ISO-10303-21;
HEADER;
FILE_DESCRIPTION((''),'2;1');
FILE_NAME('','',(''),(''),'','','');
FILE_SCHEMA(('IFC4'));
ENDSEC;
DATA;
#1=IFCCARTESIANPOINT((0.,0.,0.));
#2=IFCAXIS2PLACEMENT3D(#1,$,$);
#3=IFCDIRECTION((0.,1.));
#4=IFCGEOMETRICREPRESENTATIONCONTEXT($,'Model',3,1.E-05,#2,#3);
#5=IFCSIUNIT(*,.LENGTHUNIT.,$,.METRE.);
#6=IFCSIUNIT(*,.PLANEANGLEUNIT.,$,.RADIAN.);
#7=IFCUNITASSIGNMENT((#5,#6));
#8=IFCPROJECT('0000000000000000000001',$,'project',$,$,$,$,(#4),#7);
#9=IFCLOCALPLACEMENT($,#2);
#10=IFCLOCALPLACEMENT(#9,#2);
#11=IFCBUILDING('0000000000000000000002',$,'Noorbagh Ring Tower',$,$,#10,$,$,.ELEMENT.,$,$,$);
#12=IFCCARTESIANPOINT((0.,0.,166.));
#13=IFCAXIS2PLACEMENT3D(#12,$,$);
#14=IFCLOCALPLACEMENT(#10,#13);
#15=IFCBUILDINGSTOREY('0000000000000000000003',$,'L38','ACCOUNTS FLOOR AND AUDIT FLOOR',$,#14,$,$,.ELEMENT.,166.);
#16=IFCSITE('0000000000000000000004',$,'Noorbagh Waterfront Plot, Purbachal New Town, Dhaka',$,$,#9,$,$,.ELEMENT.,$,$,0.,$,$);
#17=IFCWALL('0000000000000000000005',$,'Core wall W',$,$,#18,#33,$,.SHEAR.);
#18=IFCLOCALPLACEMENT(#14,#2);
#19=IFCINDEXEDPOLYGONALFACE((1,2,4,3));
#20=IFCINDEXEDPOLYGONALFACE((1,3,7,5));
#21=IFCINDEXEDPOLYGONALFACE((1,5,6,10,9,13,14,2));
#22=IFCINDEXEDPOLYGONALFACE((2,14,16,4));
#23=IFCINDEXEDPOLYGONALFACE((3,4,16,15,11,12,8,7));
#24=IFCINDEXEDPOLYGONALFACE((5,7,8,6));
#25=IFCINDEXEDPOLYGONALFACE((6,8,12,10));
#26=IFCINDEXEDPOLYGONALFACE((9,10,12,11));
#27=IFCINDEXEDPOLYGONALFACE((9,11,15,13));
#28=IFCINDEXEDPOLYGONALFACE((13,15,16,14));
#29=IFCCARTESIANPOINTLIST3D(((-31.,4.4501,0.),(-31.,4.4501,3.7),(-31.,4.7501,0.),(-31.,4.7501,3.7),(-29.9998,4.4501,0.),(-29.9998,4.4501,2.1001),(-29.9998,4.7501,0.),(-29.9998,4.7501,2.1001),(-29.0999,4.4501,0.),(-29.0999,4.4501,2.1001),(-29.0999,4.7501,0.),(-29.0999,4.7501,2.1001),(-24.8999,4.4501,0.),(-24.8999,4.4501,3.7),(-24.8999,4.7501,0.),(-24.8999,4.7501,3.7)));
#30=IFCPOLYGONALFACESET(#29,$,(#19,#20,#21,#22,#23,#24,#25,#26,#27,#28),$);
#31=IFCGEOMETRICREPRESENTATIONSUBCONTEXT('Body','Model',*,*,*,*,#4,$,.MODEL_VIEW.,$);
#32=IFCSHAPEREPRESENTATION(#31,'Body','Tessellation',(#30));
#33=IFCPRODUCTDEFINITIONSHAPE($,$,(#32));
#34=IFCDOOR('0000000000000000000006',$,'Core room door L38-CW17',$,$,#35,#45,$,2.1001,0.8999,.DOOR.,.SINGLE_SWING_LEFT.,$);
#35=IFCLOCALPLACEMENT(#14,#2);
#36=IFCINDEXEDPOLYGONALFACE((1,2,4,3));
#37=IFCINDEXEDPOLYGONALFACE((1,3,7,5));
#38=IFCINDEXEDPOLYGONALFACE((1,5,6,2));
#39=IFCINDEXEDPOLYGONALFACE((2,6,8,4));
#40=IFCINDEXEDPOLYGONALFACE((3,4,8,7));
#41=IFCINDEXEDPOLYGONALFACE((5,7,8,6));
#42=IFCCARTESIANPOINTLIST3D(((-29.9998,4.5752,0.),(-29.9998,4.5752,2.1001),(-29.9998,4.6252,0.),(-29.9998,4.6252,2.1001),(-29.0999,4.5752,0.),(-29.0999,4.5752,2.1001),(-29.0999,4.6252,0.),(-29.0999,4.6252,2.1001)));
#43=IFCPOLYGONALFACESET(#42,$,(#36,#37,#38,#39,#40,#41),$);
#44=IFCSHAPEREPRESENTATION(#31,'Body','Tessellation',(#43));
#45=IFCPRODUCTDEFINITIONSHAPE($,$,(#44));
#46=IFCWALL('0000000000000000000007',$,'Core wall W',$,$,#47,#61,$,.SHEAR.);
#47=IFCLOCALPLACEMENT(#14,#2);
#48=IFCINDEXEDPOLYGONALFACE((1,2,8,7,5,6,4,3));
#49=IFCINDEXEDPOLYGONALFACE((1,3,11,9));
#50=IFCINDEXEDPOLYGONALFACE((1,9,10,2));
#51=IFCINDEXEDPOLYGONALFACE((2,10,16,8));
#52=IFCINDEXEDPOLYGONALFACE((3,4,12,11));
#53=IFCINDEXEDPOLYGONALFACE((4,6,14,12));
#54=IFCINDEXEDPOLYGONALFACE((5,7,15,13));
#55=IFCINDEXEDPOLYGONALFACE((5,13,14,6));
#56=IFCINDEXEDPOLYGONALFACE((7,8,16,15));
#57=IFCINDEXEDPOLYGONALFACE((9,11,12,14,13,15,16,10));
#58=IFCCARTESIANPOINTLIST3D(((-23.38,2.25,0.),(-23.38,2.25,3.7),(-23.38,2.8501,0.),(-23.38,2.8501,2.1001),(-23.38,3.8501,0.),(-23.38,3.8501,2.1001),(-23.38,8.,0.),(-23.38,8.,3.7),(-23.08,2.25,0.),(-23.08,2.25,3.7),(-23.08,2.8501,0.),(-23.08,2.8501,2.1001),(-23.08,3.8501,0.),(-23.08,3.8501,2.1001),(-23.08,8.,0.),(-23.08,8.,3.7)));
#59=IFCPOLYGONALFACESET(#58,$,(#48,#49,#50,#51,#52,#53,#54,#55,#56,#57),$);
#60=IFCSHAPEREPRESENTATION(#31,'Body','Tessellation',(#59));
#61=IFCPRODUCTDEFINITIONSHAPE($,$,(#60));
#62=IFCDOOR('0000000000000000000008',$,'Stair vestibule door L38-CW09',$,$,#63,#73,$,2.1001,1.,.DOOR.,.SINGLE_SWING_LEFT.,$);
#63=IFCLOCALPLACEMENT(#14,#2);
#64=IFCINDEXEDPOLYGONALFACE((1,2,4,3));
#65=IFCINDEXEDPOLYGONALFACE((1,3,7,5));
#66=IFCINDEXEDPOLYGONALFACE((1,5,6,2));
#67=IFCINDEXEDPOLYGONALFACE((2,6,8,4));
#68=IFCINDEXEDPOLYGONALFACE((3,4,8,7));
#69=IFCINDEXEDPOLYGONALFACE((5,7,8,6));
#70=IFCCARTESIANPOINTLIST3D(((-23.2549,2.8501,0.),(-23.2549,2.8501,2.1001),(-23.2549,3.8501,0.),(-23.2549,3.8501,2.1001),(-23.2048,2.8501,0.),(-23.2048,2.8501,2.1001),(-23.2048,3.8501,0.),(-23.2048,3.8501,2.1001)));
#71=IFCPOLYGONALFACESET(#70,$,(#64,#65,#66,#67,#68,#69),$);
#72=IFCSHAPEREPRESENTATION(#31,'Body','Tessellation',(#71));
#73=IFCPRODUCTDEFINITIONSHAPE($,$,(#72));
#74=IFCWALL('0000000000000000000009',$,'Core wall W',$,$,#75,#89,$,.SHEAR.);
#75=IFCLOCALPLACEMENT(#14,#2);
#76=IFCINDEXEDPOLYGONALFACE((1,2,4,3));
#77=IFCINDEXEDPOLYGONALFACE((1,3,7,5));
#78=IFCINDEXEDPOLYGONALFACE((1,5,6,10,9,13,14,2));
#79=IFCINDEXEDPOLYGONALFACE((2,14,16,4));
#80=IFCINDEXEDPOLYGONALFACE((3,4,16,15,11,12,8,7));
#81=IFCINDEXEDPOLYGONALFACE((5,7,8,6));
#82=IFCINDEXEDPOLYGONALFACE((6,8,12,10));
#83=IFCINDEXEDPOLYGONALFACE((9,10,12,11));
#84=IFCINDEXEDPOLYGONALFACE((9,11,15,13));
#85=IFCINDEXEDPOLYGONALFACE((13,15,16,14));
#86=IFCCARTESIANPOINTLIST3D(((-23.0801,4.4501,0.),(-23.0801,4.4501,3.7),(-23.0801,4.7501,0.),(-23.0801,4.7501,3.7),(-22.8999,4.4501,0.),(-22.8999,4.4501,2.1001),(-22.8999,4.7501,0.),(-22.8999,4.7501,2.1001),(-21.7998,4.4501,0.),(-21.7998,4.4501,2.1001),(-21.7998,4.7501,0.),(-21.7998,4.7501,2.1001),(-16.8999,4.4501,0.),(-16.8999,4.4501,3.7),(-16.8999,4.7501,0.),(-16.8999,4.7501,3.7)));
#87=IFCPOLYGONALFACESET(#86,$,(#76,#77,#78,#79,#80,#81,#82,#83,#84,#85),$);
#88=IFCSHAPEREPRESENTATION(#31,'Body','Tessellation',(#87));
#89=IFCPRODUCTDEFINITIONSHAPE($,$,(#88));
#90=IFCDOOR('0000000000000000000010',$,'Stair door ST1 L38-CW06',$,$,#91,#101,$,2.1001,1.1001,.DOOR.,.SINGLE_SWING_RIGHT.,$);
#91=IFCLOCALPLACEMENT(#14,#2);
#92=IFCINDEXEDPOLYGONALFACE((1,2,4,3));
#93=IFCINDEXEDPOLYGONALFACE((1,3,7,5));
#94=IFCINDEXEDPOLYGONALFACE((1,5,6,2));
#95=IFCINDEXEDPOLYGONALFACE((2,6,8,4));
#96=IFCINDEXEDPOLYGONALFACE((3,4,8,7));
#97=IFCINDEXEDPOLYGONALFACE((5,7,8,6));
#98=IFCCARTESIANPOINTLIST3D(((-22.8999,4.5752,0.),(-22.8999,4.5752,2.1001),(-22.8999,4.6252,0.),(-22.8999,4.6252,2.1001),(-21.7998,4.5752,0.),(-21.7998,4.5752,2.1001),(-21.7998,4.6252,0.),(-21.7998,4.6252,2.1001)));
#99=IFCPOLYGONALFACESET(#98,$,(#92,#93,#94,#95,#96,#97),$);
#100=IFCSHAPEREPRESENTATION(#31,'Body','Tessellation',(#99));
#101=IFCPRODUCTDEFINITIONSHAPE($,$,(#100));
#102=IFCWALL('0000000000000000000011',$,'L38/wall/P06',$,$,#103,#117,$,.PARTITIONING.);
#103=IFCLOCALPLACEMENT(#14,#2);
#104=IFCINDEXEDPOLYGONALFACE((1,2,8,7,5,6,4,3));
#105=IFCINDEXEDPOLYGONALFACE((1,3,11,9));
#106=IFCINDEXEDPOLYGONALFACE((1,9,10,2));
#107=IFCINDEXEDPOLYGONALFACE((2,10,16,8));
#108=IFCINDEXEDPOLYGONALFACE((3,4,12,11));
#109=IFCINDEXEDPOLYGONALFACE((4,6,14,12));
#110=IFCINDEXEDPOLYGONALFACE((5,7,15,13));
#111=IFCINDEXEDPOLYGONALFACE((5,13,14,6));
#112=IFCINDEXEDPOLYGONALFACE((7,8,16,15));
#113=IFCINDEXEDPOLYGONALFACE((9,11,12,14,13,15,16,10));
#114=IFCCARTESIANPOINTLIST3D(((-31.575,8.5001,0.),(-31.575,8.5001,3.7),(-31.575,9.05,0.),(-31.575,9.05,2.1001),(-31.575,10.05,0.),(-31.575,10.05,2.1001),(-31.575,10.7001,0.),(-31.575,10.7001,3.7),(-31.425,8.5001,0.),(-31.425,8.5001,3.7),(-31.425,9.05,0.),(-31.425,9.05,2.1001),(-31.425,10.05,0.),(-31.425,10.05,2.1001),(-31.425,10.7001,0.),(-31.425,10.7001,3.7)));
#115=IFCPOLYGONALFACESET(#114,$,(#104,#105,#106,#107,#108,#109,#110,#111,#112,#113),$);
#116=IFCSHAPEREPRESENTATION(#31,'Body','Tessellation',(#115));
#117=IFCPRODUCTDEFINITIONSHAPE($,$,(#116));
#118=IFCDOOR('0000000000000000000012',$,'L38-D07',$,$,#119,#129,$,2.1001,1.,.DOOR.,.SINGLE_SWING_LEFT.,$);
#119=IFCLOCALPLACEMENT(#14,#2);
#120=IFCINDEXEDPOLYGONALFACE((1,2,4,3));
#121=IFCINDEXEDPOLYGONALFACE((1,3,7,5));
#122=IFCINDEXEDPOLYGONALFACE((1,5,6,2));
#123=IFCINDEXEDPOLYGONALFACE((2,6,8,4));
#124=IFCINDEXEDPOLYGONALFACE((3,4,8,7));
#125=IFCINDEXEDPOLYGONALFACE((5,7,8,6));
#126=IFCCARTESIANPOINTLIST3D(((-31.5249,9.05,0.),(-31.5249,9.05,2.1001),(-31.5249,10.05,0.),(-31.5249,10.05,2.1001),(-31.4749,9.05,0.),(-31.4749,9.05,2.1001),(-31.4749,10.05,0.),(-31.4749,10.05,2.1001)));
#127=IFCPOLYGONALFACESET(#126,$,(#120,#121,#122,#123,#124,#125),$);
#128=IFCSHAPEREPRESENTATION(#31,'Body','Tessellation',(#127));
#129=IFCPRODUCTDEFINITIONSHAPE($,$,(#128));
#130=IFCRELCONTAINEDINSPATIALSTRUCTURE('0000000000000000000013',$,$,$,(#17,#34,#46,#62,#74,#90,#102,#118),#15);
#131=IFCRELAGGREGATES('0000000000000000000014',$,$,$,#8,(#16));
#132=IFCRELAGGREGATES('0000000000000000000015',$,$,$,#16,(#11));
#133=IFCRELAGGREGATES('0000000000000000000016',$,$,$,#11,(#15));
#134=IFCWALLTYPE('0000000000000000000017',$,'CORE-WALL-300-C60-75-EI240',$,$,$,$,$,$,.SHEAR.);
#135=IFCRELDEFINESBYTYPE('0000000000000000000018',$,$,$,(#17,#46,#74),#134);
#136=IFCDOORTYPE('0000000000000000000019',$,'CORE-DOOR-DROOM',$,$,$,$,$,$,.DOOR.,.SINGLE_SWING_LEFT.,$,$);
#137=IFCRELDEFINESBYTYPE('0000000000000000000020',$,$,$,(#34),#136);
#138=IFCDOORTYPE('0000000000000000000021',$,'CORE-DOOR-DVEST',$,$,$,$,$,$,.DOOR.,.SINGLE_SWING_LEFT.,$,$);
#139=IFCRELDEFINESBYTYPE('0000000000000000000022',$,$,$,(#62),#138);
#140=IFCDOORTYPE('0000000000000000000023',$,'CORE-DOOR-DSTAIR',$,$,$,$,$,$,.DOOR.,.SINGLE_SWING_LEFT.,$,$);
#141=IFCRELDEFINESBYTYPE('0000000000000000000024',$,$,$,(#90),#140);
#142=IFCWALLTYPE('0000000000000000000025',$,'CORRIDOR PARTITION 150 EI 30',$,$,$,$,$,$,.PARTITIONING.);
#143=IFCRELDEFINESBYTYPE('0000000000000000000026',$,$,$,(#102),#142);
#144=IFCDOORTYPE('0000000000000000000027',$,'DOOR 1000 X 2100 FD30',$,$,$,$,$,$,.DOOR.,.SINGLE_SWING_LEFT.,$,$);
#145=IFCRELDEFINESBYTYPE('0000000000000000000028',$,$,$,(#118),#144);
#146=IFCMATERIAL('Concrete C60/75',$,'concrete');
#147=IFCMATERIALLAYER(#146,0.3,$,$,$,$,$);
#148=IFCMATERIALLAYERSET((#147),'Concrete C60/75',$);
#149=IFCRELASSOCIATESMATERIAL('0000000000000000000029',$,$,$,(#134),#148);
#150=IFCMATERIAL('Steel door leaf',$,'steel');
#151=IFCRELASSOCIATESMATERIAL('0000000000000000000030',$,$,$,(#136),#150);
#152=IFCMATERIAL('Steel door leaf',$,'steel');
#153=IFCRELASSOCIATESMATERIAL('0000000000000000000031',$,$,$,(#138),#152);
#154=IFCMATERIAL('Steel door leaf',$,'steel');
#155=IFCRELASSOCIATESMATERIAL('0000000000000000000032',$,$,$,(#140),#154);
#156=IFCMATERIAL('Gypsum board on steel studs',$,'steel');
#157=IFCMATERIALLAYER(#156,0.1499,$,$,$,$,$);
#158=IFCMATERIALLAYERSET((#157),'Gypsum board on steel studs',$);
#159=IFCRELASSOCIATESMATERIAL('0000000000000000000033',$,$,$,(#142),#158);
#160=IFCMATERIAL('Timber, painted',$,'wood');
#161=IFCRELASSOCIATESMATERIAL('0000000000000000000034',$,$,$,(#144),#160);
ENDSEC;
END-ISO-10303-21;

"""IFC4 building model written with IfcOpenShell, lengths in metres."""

from ifc_helpers import new_model, si_unit, direction, frame, frame_2d, origin, place, context, subcontext, project, spatial, rectangle, extrude, material, layer, layer_set, type_object, element, fill, save


model = new_model("IFC4")

# Units and contexts
model_context = context("Model", 3, precision=1e-05, world=origin(), true_north=direction((0.0, 1.0)))
body_context = subcontext(model_context, "Body", "Model", "MODEL_VIEW")
ifc_project = project(units=[si_unit("LENGTHUNIT", "METRE"), si_unit("PLANEANGLEUNIT", "RADIAN")], contexts=[model_context])

# Site, building, storey
site_placement = place(None, origin())
site = spatial("IfcSite", under=ifc_project, at=site_placement, Name="Noorbagh Waterfront Plot, Purbachal New Town, Dhaka", CompositionType="ELEMENT", RefElevation=0.0)
building_placement = place(site_placement, origin())
building = spatial("IfcBuilding", under=site, at=building_placement, Name="Noorbagh Ring Tower", CompositionType="ELEMENT")
storey_placement = place(building_placement, frame((0.0, 0.0, 166.0)))
storey = spatial("IfcBuildingStorey", under=building, at=storey_placement, Name="L38", Description="ACCOUNTS FLOOR AND AUDIT FLOOR", CompositionType="ELEMENT", Elevation=166.0)

# Walls, openings, doors
ifc_material_1 = material(Name="Concrete C60/75", Category="concrete")
ifc_layer_1 = layer(ifc_material_1, 0.3)
ifc_layer_set_1 = layer_set([ifc_layer_1], Name="Concrete C60/75")
wall_type_1 = type_object("IfcWallType", Name="CORE-WALL-300-C60-75-EI240", PredefinedType="SHEAR", material=ifc_layer_set_1)
wall_1_placement = place(storey_placement, frame((-24.8999, 4.6001, 0.0), z_axis=(0.0, 0.0, 1.0), x_axis=(-1.0, 0.0, 0.0)))
wall_1 = element("IfcWall", 1, at=wall_1_placement, inside=storey, type_object=wall_type_1, Name="Core wall W", PredefinedType="SHEAR", context=body_context, shape_type="SweptSolid", body=[
    extrude(rectangle(XDim=6.1001, YDim=0.3, at=frame_2d((3.05, 0.0))), origin(), (0.0, 0.0, 1.0), 3.7),
])
opening_1_placement = place(wall_1_placement, frame((4.2, 0.0, 0.0)))
opening_1 = element("IfcOpeningElement", 2, at=opening_1_placement, cuts=wall_1, PredefinedType="OPENING", context=body_context, shape_type="SweptSolid", body=[
    extrude(rectangle(XDim=0.8999, YDim=2.1001, at=frame_2d((0.45, 1.05))), frame((0.0, 0.1602, 0.0), z_axis=(0.0, -1.0, 0.0), x_axis=(1.0, 0.0, 0.0)), (0.0, 0.0, 1.0), 0.3201),
])
ifc_material_2 = material(Name="Steel door leaf", Category="steel")
door_type_1 = type_object("IfcDoorType", Name="CORE-DOOR-DROOM", OperationType="SINGLE_SWING_LEFT", PredefinedType="DOOR", material=ifc_material_2)
door_1_placement = place(opening_1_placement, origin())
door_1 = element("IfcDoor", 3, at=door_1_placement, inside=storey, type_object=door_type_1, Name="Core room door L38-CW17", OperationType="SINGLE_SWING_LEFT", OverallHeight=2.1001, OverallWidth=0.8999, PredefinedType="DOOR", context=body_context, shape_type="SweptSolid", body=[
    extrude(rectangle(XDim=0.8999, YDim=2.1001, at=frame_2d((0.45, 1.05))), frame((0.0, 0.0249, 0.0), z_axis=(0.0, -1.0, 0.0), x_axis=(1.0, 0.0, 0.0)), (0.0, 0.0, 1.0), 0.05),
])
fill(opening_1, door_1)
wall_2_placement = place(storey_placement, frame((-23.23, 2.25, 0.0), z_axis=(0.0, 0.0, 1.0), x_axis=(0.0, 1.0, 0.0)))
wall_2 = element("IfcWall", 4, at=wall_2_placement, inside=storey, type_object=wall_type_1, Name="Core wall W", PredefinedType="SHEAR", context=body_context, shape_type="SweptSolid", body=[
    extrude(rectangle(XDim=5.75, YDim=0.3, at=frame_2d((2.875, 0.0))), origin(), (0.0, 0.0, 1.0), 3.7),
])
opening_2_placement = place(wall_2_placement, frame((0.6001, 0.0, 0.0)))
opening_2 = element("IfcOpeningElement", 5, at=opening_2_placement, cuts=wall_2, PredefinedType="OPENING", context=body_context, shape_type="SweptSolid", body=[
    extrude(rectangle(XDim=1.0, YDim=2.1001, at=frame_2d((0.5, 1.05))), frame((0.0, 0.1602, 0.0), z_axis=(0.0, -1.0, 0.0), x_axis=(1.0, 0.0, 0.0)), (0.0, 0.0, 1.0), 0.3201),
])
ifc_material_3 = material(Name="Steel door leaf", Category="steel")
door_type_2 = type_object("IfcDoorType", Name="CORE-DOOR-DVEST", OperationType="SINGLE_SWING_LEFT", PredefinedType="DOOR", material=ifc_material_3)
door_2_placement = place(opening_2_placement, origin())
door_2 = element("IfcDoor", 6, at=door_2_placement, inside=storey, type_object=door_type_2, Name="Stair vestibule door L38-CW09", OperationType="SINGLE_SWING_LEFT", OverallHeight=2.1001, OverallWidth=1.0, PredefinedType="DOOR", context=body_context, shape_type="SweptSolid", body=[
    extrude(rectangle(XDim=1.0, YDim=2.1001, at=frame_2d((0.5, 1.05))), frame((0.0, 0.0249, 0.0), z_axis=(0.0, -1.0, 0.0), x_axis=(1.0, 0.0, 0.0)), (0.0, 0.0, 1.0), 0.05),
])
fill(opening_2, door_2)
wall_3_placement = place(storey_placement, frame((-16.8999, 4.6001, 0.0), z_axis=(0.0, 0.0, 1.0), x_axis=(-1.0, 0.0, 0.0)))
wall_3 = element("IfcWall", 7, at=wall_3_placement, inside=storey, type_object=wall_type_1, Name="Core wall W", PredefinedType="SHEAR", context=body_context, shape_type="SweptSolid", body=[
    extrude(rectangle(XDim=6.1802, YDim=0.3, at=frame_2d((3.0901, 0.0))), origin(), (0.0, 0.0, 1.0), 3.7),
])
opening_3_placement = place(wall_3_placement, frame((4.8999, 0.0, 0.0)))
opening_3 = element("IfcOpeningElement", 8, at=opening_3_placement, cuts=wall_3, PredefinedType="OPENING", context=body_context, shape_type="SweptSolid", body=[
    extrude(rectangle(XDim=1.1001, YDim=2.1001, at=frame_2d((0.55, 1.05))), frame((0.0, 0.1602, 0.0), z_axis=(0.0, -1.0, 0.0), x_axis=(1.0, 0.0, 0.0)), (0.0, 0.0, 1.0), 0.3201),
])
ifc_material_4 = material(Name="Steel door leaf", Category="steel")
door_type_3 = type_object("IfcDoorType", Name="CORE-DOOR-DSTAIR", OperationType="SINGLE_SWING_LEFT", PredefinedType="DOOR", material=ifc_material_4)
door_3_placement = place(opening_3_placement, origin())
door_3 = element("IfcDoor", 9, at=door_3_placement, inside=storey, type_object=door_type_3, Name="Stair door ST1 L38-CW06", OperationType="SINGLE_SWING_RIGHT", OverallHeight=2.1001, OverallWidth=1.1001, PredefinedType="DOOR", context=body_context, shape_type="SweptSolid", body=[
    extrude(rectangle(XDim=1.1001, YDim=2.1001, at=frame_2d((0.55, 1.05))), frame((0.0, 0.0249, 0.0), z_axis=(0.0, -1.0, 0.0), x_axis=(1.0, 0.0, 0.0)), (0.0, 0.0, 1.0), 0.05),
])
fill(opening_3, door_3)
ifc_material_5 = material(Name="Gypsum board on steel studs", Category="steel")
ifc_layer_2 = layer(ifc_material_5, 0.1499)
ifc_layer_set_2 = layer_set([ifc_layer_2], Name="Gypsum board on steel studs")
wall_type_2 = type_object("IfcWallType", Name="CORRIDOR PARTITION 150 EI 30", PredefinedType="PARTITIONING", material=ifc_layer_set_2)
wall_4_placement = place(storey_placement, frame((-31.5, 8.5, 0.0), z_axis=(0.0, 0.0, 1.0), x_axis=(0.0, 1.0, 0.0)))
wall_4 = element("IfcWall", 10, at=wall_4_placement, inside=storey, type_object=wall_type_2, Name="L38/wall/P06", PredefinedType="PARTITIONING", context=body_context, shape_type="SweptSolid", body=[
    extrude(rectangle(XDim=2.2, YDim=0.1499, at=frame_2d((1.1001, 0.0))), origin(), (0.0, 0.0, 1.0), 3.7),
])
opening_4_placement = place(wall_4_placement, frame((0.55, 0.0, 0.0)))
opening_4 = element("IfcOpeningElement", 11, at=opening_4_placement, cuts=wall_4, PredefinedType="OPENING", context=body_context, shape_type="SweptSolid", body=[
    extrude(rectangle(XDim=1.0, YDim=2.1001, at=frame_2d((0.5, 1.05))), frame((0.0, 0.085, 0.0), z_axis=(0.0, -1.0, 0.0), x_axis=(1.0, 0.0, 0.0)), (0.0, 0.0, 1.0), 0.1699),
])
ifc_material_6 = material(Name="Timber, painted", Category="wood")
door_type_4 = type_object("IfcDoorType", Name="DOOR 1000 X 2100 FD30", OperationType="SINGLE_SWING_LEFT", PredefinedType="DOOR", material=ifc_material_6)
door_4_placement = place(opening_4_placement, origin())
door_4 = element("IfcDoor", 12, at=door_4_placement, inside=storey, type_object=door_type_4, Name="L38-D07", OperationType="SINGLE_SWING_LEFT", OverallHeight=2.1001, OverallWidth=1.0, PredefinedType="DOOR", context=body_context, shape_type="SweptSolid", body=[
    extrude(rectangle(XDim=1.0, YDim=2.1001, at=frame_2d((0.5, 1.05))), frame((0.0, 0.0249, 0.0), z_axis=(0.0, -1.0, 0.0), x_axis=(1.0, 0.0, 0.0)), (0.0, 0.0, 1.0), 0.05),
])
fill(opening_4, door_4)

save(model, "model.ifc")
